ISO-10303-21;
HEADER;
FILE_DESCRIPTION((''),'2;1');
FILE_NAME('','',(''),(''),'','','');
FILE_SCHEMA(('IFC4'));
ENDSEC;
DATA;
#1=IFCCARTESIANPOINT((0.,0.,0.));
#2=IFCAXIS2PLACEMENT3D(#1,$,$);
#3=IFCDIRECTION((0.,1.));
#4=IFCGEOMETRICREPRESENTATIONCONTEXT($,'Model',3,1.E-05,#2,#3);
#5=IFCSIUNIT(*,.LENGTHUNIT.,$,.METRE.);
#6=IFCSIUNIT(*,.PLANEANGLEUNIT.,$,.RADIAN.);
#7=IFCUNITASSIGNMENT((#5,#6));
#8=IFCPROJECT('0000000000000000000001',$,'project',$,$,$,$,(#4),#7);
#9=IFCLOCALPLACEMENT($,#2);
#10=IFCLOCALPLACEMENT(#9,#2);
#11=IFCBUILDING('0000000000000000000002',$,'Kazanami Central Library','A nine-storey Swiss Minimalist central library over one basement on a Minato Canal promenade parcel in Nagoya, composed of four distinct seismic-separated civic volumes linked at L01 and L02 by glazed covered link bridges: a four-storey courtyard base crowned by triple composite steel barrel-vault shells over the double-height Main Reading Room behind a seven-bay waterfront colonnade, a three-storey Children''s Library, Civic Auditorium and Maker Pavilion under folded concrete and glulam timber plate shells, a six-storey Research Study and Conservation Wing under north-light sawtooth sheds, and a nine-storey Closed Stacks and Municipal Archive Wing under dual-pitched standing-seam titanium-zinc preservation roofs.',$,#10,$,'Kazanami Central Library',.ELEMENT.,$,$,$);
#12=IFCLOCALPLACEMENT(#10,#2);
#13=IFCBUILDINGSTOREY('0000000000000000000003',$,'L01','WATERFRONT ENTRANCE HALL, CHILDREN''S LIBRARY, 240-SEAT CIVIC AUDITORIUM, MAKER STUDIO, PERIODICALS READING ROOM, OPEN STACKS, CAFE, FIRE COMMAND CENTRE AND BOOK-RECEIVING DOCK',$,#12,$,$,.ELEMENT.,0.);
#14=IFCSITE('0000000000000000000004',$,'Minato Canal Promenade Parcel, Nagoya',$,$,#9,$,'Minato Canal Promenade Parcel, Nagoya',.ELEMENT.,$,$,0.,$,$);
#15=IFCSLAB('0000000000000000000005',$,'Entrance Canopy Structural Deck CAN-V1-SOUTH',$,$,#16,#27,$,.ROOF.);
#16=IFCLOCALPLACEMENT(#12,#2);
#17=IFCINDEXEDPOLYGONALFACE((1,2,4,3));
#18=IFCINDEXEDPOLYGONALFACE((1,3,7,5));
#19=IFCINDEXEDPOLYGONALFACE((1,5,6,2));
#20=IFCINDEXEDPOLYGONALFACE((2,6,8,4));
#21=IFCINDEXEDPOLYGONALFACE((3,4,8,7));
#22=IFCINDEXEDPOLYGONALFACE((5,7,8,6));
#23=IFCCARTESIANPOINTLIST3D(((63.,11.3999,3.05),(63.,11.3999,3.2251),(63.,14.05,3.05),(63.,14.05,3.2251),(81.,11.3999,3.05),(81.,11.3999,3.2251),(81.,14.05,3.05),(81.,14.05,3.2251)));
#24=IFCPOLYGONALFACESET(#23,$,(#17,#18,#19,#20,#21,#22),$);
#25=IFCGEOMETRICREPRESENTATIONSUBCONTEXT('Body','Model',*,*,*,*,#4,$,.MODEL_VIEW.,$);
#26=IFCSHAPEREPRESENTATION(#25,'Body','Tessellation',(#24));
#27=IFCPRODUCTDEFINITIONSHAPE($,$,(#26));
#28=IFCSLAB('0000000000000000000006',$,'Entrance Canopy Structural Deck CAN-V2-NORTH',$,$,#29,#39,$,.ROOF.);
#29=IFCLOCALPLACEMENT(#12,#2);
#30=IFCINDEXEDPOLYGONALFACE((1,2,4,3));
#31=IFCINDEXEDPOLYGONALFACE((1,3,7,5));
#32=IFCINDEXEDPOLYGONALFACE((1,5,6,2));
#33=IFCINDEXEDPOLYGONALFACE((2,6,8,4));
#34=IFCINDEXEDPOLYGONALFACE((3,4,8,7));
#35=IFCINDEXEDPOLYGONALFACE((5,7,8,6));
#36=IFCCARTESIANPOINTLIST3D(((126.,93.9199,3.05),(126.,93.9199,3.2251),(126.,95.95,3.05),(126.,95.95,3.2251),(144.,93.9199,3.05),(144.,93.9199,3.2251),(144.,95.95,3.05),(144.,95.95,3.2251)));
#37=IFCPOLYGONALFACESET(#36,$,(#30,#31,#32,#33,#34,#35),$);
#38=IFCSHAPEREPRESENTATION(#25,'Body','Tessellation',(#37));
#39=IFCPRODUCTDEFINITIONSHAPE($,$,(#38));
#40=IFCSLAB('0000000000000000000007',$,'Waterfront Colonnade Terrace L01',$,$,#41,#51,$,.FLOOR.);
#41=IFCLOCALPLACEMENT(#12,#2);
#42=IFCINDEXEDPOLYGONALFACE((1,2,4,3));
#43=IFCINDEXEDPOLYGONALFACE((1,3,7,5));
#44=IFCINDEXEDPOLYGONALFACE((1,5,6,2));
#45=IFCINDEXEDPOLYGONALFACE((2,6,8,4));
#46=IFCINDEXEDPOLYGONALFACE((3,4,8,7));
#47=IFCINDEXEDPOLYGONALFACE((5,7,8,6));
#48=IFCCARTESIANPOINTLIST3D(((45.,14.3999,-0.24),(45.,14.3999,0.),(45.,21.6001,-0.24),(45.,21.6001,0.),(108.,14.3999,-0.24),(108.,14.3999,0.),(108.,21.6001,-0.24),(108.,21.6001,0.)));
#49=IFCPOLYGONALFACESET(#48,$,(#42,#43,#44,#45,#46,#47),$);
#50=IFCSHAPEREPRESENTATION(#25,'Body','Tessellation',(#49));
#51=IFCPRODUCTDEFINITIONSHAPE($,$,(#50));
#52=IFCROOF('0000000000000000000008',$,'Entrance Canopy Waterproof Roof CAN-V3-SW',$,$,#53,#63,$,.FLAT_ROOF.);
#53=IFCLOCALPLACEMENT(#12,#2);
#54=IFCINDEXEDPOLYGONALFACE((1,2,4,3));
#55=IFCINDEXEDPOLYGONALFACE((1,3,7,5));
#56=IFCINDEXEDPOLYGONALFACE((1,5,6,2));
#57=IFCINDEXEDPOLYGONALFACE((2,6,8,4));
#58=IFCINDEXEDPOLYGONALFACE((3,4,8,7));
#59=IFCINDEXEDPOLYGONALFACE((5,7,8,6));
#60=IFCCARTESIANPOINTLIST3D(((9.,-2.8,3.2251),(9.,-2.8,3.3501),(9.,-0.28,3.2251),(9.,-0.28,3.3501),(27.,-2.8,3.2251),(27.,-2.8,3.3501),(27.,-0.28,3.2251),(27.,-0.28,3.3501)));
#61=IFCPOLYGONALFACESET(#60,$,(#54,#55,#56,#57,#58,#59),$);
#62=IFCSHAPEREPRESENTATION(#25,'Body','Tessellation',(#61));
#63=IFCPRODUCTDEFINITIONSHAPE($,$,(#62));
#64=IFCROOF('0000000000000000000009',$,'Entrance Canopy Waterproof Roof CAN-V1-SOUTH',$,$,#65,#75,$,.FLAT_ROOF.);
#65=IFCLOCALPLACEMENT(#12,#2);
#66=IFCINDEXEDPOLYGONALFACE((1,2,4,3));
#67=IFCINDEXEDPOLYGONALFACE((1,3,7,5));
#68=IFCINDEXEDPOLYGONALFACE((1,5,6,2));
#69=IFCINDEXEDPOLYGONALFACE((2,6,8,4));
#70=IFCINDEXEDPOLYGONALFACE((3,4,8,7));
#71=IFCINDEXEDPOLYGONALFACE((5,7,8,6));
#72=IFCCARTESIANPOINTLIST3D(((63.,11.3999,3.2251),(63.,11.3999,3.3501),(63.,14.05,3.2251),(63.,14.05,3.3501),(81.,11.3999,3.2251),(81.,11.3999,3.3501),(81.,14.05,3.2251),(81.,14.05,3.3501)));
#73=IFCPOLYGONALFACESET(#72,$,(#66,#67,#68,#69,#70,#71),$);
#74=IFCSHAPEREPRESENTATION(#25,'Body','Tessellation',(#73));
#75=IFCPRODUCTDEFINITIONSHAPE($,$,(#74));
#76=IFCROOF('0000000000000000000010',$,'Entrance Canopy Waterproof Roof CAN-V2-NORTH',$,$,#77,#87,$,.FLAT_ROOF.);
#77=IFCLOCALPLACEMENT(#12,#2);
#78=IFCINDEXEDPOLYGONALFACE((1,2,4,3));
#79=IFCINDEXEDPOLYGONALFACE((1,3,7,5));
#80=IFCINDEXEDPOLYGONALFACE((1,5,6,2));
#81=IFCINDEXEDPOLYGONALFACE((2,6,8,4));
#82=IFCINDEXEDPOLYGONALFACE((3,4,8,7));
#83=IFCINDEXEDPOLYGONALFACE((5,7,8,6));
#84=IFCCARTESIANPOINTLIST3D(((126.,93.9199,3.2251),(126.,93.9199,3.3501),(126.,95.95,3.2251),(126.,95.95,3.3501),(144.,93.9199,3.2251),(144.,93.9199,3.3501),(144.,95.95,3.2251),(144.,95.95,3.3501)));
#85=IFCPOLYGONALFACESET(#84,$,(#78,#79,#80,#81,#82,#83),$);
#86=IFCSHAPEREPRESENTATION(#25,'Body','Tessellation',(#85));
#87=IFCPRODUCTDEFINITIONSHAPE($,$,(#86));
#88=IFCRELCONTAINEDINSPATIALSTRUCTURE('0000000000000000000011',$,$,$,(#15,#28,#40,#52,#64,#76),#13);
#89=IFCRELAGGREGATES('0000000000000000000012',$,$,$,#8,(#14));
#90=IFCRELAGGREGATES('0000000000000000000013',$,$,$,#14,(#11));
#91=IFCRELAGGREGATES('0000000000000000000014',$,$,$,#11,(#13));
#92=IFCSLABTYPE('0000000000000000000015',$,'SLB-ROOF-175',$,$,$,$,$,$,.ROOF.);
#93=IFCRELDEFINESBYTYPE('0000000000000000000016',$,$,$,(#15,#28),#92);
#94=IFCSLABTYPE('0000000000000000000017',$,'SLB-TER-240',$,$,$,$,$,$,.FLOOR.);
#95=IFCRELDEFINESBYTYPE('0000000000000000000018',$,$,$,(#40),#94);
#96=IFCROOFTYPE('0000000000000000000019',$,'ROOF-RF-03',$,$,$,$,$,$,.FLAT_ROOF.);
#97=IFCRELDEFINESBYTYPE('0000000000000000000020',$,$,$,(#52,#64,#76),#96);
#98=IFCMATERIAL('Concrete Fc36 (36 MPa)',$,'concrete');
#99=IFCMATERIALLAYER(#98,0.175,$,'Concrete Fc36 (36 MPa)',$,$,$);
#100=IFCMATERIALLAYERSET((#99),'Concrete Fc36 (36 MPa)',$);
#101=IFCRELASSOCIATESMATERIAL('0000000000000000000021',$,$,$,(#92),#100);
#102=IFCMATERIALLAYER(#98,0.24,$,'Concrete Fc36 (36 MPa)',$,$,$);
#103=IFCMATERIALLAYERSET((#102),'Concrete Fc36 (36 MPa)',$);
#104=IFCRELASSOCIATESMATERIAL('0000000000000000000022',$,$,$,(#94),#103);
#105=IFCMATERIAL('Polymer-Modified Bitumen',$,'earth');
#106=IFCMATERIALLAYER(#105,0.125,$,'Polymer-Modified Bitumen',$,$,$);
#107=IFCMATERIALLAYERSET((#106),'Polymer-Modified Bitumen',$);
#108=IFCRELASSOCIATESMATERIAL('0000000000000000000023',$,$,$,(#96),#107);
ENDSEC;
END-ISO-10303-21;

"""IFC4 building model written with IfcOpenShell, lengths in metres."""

from ifc_helpers import new_model, si_unit, direction, frame, origin, place, context, subcontext, project, spatial, polyline, outline, extrude, material, layer, layer_set, type_object, element, save


model = new_model("IFC4")

# Units and contexts
model_context = context("Model", 3, precision=1e-05, world=origin(), true_north=direction((0.0, 1.0)))
body_context = subcontext(model_context, "Body", "Model", "MODEL_VIEW")
ifc_project = project(units=[si_unit("LENGTHUNIT", "METRE"), si_unit("PLANEANGLEUNIT", "RADIAN")], contexts=[model_context])

# Site, building, storey
site_placement = place(None, origin())
site = spatial("IfcSite", under=ifc_project, at=site_placement, Name="Minato Canal Promenade Parcel, Nagoya", LongName="Minato Canal Promenade Parcel, Nagoya", CompositionType="ELEMENT", RefElevation=0.0)
building_placement = place(site_placement, origin())
building = spatial("IfcBuilding", under=site, at=building_placement, Name="Kazanami Central Library", Description="A nine-storey Swiss Minimalist central library over one basement on a Minato Canal promenade parcel in Nagoya, composed of four distinct seismic-separated civic volumes linked at L01 and L02 by glazed covered link bridges: a four-storey courtyard base crowned by triple composite steel barrel-vault shells over the double-height Main Reading Room behind a seven-bay waterfront colonnade, a three-storey Children's Library, Civic Auditorium and Maker Pavilion under folded concrete and glulam timber plate shells, a six-storey Research Study and Conservation Wing under north-light sawtooth sheds, and a nine-storey Closed Stacks and Municipal Archive Wing under dual-pitched standing-seam titanium-zinc preservation roofs.", LongName="Kazanami Central Library", CompositionType="ELEMENT")
storey_placement = place(building_placement, origin())
storey = spatial("IfcBuildingStorey", under=building, at=storey_placement, Name="L01", Description="WATERFRONT ENTRANCE HALL, CHILDREN'S LIBRARY, 240-SEAT CIVIC AUDITORIUM, MAKER STUDIO, PERIODICALS READING ROOM, OPEN STACKS, CAFE, FIRE COMMAND CENTRE AND BOOK-RECEIVING DOCK", CompositionType="ELEMENT", Elevation=0.0)

# Shared definitions
ifc_material_1 = material(Name="Concrete Fc36 (36 MPa)", Category="concrete")

# Slabs
ifc_layer_1 = layer(ifc_material_1, 0.175, Name="Concrete Fc36 (36 MPa)")
ifc_layer_set_1 = layer_set([ifc_layer_1], Name="Concrete Fc36 (36 MPa)")
slab_type_1 = type_object("IfcSlabType", Name="SLB-ROOF-175", PredefinedType="ROOF", material=ifc_layer_set_1)
slab_1_placement = place(storey_placement, frame((0.0, 0.0, 3.05)))
element("IfcSlab", 1, at=slab_1_placement, inside=storey, type_object=slab_type_1, Name="Entrance Canopy Structural Deck CAN-V1-SOUTH", PredefinedType="ROOF", context=body_context, shape_type="SweptSolid", body=[
    extrude(outline(polyline([(63.0, 11.3999), (81.0, 11.3999), (81.0, 14.05), (63.0, 14.05), (63.0, 11.3999)])), origin(), (0.0, 0.0, 1.0), 0.175),
])
slab_2_placement = place(storey_placement, frame((0.0, 0.0, 3.05)))
element("IfcSlab", 2, at=slab_2_placement, inside=storey, type_object=slab_type_1, Name="Entrance Canopy Structural Deck CAN-V2-NORTH", PredefinedType="ROOF", context=body_context, shape_type="SweptSolid", body=[
    extrude(outline(polyline([(126.0, 93.9199), (144.0, 93.9199), (144.0, 95.95), (126.0, 95.95), (126.0, 93.9199)])), origin(), (0.0, 0.0, 1.0), 0.175),
])
ifc_layer_2 = layer(ifc_material_1, 0.24, Name="Concrete Fc36 (36 MPa)")
ifc_layer_set_2 = layer_set([ifc_layer_2], Name="Concrete Fc36 (36 MPa)")
slab_type_2 = type_object("IfcSlabType", Name="SLB-TER-240", PredefinedType="FLOOR", material=ifc_layer_set_2)
slab_3_placement = place(storey_placement, frame((0.0, 0.0, -0.24)))
element("IfcSlab", 3, at=slab_3_placement, inside=storey, type_object=slab_type_2, Name="Waterfront Colonnade Terrace L01", PredefinedType="FLOOR", context=body_context, shape_type="SweptSolid", body=[
    extrude(outline(polyline([(45.0, 14.3999), (108.0, 14.3999), (108.0, 21.6001), (45.0, 21.6001), (45.0, 14.3999)])), origin(), (0.0, 0.0, 1.0), 0.24),
])

# Roofs
ifc_material_2 = material(Name="Polymer-Modified Bitumen", Category="earth")
ifc_layer_3 = layer(ifc_material_2, 0.125, Name="Polymer-Modified Bitumen")
ifc_layer_set_3 = layer_set([ifc_layer_3], Name="Polymer-Modified Bitumen")
roof_type = type_object("IfcRoofType", Name="ROOF-RF-03", PredefinedType="FLAT_ROOF", material=ifc_layer_set_3)
roof_1_placement = place(storey_placement, frame((0.0, 0.0, 3.2251)))
element("IfcRoof", 4, at=roof_1_placement, inside=storey, type_object=roof_type, Name="Entrance Canopy Waterproof Roof CAN-V3-SW", PredefinedType="FLAT_ROOF", context=body_context, shape_type="SweptSolid", body=[
    extrude(outline(polyline([(9.0, -2.8), (27.0, -2.8), (27.0, -0.28), (9.0, -0.28), (9.0, -2.8)])), origin(), (0.0, 0.0, 1.0), 0.125),
])
roof_2_placement = place(storey_placement, frame((0.0, 0.0, 3.2251)))
element("IfcRoof", 5, at=roof_2_placement, inside=storey, type_object=roof_type, Name="Entrance Canopy Waterproof Roof CAN-V1-SOUTH", PredefinedType="FLAT_ROOF", context=body_context, shape_type="SweptSolid", body=[
    extrude(outline(polyline([(63.0, 11.3999), (81.0, 11.3999), (81.0, 14.05), (63.0, 14.05), (63.0, 11.3999)])), origin(), (0.0, 0.0, 1.0), 0.125),
])
roof_3_placement = place(storey_placement, frame((0.0, 0.0, 3.2251)))
element("IfcRoof", 6, at=roof_3_placement, inside=storey, type_object=roof_type, Name="Entrance Canopy Waterproof Roof CAN-V2-NORTH", PredefinedType="FLAT_ROOF", context=body_context, shape_type="SweptSolid", body=[
    extrude(outline(polyline([(126.0, 93.9199), (144.0, 93.9199), (144.0, 95.95), (126.0, 95.95), (126.0, 93.9199)])), origin(), (0.0, 0.0, 1.0), 0.125),
])

save(model, "model.ifc")
